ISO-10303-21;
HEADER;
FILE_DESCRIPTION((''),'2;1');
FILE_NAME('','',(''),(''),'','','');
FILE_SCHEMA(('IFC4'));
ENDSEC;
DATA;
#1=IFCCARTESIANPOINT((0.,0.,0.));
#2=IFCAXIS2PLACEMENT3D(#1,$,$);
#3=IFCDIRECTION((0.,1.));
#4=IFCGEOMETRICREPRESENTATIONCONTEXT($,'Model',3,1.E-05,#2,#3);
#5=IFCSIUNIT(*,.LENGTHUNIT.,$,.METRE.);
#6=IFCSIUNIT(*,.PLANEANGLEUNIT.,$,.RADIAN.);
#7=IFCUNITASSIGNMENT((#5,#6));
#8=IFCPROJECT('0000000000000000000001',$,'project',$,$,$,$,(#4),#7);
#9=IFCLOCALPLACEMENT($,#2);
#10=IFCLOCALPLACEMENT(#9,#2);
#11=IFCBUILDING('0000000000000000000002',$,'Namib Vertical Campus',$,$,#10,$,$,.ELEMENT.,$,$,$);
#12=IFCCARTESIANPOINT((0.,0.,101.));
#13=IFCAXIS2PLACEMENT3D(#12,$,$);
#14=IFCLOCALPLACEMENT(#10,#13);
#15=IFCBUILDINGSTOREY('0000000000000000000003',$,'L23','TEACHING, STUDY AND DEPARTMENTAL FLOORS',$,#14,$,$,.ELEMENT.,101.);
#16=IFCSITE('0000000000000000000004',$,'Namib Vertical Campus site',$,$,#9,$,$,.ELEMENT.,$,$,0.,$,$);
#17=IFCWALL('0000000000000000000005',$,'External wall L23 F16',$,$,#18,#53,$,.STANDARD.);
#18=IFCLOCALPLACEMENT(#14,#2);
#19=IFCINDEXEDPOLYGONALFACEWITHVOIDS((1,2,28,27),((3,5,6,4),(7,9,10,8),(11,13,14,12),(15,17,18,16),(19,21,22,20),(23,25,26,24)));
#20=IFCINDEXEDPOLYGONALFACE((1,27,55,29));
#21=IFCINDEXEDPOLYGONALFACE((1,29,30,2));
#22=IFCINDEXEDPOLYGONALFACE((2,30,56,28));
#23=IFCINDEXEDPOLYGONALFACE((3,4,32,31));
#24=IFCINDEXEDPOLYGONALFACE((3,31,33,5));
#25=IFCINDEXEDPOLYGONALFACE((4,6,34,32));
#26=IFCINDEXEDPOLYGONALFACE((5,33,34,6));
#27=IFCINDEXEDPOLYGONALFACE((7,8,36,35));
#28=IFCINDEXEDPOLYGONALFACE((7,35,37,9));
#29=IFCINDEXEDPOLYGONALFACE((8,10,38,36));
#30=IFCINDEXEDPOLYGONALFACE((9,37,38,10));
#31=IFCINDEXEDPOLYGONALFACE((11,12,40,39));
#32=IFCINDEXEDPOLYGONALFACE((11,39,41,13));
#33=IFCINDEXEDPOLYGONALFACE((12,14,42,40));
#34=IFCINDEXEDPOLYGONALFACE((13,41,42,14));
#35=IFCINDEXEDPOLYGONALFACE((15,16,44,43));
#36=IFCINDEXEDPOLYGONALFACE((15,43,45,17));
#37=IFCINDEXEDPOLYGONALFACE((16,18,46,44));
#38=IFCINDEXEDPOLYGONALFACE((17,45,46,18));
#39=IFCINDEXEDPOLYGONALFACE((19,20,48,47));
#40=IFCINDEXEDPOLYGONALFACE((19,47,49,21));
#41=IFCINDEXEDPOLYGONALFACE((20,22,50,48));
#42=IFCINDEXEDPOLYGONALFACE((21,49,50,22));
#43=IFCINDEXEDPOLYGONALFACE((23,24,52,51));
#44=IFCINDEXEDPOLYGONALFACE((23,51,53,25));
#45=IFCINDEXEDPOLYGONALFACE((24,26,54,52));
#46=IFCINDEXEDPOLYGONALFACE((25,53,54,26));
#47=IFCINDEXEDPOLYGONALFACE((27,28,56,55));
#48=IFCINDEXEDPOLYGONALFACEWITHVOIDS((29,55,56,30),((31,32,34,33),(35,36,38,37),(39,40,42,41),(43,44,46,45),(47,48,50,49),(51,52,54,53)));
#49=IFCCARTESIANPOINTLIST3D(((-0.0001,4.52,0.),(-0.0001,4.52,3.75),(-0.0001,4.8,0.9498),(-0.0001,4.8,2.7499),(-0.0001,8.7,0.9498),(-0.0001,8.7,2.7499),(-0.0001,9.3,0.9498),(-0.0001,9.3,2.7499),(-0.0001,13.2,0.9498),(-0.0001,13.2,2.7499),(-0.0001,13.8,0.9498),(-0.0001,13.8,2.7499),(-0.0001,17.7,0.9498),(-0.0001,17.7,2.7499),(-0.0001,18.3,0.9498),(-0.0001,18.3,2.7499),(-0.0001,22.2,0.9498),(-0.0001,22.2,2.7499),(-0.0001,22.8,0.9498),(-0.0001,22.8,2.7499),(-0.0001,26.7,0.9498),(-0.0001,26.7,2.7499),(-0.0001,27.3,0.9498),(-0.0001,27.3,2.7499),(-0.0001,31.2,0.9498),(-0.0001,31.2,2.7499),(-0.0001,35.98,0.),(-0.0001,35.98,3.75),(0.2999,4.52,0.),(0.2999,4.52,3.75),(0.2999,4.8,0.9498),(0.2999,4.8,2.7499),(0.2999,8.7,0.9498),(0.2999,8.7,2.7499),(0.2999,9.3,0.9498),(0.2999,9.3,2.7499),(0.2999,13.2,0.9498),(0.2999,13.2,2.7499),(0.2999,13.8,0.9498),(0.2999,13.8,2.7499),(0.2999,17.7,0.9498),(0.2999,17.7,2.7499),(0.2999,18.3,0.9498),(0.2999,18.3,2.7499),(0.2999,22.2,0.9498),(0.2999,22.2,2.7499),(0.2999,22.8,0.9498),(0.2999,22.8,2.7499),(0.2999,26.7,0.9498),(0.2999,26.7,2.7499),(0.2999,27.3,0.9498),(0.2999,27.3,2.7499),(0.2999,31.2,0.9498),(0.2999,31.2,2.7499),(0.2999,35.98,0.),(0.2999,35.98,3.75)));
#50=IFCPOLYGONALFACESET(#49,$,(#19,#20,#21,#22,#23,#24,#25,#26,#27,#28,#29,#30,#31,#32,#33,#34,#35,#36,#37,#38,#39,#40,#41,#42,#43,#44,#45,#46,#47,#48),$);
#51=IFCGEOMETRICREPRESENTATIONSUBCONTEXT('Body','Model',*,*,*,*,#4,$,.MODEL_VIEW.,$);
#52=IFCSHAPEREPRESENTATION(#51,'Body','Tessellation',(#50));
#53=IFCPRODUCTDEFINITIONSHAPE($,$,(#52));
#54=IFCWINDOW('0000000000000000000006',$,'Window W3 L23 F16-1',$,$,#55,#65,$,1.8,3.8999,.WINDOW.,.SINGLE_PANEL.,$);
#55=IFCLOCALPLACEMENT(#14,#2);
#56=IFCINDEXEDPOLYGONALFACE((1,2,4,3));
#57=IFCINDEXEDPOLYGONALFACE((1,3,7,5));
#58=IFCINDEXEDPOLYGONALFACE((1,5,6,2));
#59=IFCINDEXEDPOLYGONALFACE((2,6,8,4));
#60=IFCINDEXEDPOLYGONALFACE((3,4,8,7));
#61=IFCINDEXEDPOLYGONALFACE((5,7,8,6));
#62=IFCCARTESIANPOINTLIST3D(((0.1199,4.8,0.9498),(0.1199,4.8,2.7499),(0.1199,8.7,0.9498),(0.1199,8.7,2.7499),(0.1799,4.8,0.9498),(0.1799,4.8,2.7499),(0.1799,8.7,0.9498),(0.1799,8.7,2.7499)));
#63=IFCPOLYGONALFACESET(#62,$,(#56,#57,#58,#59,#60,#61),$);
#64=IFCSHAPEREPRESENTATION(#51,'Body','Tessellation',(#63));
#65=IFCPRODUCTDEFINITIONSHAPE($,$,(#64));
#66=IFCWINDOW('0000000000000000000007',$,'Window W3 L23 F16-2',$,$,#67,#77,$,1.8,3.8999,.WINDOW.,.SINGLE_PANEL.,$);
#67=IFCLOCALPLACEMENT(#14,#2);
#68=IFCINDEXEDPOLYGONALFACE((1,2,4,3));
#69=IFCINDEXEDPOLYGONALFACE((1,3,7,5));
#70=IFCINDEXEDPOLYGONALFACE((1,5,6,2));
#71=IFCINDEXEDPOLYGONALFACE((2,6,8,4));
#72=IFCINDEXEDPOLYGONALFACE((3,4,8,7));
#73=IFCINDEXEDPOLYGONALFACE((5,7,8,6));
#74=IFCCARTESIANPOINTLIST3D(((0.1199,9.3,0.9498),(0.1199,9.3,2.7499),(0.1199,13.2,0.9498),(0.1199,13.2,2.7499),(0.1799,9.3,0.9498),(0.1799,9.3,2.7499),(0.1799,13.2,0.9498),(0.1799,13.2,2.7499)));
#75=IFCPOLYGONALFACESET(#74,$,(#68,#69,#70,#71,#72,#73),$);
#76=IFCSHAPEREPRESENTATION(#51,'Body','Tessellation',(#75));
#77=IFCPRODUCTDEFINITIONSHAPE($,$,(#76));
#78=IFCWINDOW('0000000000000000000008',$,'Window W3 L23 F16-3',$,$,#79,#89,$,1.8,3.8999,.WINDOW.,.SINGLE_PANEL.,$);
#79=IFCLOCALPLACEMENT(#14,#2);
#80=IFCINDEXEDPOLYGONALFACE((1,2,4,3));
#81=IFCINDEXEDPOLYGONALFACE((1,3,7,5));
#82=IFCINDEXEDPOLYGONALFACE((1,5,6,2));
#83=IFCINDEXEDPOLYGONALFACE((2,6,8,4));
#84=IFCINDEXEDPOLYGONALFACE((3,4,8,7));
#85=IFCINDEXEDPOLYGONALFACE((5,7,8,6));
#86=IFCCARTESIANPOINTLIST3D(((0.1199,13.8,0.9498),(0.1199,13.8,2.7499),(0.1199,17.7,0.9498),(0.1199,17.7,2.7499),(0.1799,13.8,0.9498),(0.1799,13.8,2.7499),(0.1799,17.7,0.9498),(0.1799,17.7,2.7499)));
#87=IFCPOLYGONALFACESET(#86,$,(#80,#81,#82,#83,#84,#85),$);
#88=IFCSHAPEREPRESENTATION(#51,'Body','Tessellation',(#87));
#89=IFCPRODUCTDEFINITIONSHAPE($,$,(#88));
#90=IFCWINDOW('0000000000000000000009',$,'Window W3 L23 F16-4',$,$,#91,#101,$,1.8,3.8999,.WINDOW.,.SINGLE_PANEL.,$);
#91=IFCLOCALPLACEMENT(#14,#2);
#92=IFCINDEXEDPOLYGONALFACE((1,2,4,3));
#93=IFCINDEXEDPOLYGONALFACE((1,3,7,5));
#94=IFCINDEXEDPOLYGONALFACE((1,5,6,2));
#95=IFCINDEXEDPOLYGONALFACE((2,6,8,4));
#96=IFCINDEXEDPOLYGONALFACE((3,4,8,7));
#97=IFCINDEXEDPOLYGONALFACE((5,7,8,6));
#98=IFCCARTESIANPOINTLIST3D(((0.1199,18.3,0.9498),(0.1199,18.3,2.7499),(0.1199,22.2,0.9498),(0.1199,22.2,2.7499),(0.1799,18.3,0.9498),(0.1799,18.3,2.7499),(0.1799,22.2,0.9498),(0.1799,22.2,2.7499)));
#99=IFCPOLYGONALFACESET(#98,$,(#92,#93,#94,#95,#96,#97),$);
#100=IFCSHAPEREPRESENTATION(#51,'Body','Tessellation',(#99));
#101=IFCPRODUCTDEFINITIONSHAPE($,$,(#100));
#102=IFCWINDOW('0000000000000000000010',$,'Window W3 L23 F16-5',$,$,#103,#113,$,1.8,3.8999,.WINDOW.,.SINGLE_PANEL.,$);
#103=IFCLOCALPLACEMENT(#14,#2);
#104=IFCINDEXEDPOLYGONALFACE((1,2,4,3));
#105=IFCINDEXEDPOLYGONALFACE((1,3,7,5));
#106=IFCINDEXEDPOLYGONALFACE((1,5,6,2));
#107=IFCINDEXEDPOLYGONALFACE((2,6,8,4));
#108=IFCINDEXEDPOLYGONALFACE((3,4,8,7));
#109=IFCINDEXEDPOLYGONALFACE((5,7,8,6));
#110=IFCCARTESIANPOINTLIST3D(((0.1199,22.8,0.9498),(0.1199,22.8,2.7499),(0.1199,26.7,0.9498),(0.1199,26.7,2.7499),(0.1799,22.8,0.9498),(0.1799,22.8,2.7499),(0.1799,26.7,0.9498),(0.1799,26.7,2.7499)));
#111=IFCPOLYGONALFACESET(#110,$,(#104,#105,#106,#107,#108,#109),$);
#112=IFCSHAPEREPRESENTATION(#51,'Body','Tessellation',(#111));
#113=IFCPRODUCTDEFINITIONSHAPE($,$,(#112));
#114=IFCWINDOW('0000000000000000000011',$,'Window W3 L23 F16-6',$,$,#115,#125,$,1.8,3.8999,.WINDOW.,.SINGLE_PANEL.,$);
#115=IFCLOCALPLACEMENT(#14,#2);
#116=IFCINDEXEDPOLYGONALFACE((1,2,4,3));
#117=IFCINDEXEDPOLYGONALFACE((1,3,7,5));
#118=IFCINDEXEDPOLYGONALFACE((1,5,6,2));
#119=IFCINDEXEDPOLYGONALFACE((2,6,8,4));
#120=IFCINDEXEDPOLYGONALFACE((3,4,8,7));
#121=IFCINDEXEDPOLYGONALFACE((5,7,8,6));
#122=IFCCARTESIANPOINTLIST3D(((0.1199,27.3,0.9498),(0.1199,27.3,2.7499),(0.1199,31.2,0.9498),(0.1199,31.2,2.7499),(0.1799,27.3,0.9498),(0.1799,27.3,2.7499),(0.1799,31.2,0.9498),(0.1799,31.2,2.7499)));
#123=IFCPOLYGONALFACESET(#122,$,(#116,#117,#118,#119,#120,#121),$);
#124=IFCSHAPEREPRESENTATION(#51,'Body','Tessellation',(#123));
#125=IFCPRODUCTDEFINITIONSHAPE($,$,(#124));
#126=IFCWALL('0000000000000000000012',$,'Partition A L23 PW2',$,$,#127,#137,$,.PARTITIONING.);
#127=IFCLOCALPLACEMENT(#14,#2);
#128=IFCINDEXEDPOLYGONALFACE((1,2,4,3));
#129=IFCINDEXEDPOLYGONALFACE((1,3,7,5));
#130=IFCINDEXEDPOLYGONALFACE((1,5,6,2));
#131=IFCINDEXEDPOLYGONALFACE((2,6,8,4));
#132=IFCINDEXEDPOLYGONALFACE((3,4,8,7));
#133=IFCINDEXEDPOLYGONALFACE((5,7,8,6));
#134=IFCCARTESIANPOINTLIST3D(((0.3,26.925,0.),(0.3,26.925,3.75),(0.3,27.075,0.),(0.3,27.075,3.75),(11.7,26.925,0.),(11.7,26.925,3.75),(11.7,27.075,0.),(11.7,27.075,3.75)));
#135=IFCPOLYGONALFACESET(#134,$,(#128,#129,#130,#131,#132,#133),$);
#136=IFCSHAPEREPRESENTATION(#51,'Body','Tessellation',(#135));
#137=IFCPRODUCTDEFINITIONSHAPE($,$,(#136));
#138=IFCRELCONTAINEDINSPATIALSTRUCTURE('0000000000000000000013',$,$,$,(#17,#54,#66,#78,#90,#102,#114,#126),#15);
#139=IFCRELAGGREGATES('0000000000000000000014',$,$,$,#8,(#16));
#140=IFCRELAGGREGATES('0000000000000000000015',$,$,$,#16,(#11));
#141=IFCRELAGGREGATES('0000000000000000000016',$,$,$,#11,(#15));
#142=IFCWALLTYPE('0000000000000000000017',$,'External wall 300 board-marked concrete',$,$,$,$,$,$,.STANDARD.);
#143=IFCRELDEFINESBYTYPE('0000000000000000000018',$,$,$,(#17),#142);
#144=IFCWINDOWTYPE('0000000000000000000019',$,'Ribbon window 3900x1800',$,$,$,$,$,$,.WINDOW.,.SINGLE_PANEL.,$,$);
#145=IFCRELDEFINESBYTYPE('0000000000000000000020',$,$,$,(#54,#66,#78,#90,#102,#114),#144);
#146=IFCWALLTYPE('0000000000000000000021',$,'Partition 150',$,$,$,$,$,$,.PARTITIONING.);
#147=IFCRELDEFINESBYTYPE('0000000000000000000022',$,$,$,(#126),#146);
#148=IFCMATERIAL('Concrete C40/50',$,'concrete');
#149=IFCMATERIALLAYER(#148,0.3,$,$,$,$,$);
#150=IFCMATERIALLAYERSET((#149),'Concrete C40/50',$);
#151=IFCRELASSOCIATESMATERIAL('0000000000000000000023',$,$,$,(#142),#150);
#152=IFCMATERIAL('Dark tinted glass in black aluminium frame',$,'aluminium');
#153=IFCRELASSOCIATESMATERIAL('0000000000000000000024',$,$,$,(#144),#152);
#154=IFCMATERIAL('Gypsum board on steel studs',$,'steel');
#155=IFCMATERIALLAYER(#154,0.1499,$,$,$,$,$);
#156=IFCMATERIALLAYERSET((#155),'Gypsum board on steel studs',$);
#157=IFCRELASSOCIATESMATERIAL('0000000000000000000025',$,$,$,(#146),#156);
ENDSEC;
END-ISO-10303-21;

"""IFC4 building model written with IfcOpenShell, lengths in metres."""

from ifc_helpers import new_model, si_unit, direction, frame, frame_2d, origin, place, context, subcontext, project, spatial, rectangle, extrude, material, layer, layer_set, type_object, element, fill, save


model = new_model("IFC4")

# Units and contexts
model_context = context("Model", 3, precision=1e-05, world=origin(), true_north=direction((0.0, 1.0)))
body_context = subcontext(model_context, "Body", "Model", "MODEL_VIEW")
ifc_project = project(units=[si_unit("LENGTHUNIT", "METRE"), si_unit("PLANEANGLEUNIT", "RADIAN")], contexts=[model_context])

# Site, building, storey
site_placement = place(None, origin())
site = spatial("IfcSite", under=ifc_project, at=site_placement, Name="Namib Vertical Campus site", CompositionType="ELEMENT", RefElevation=0.0)
building_placement = place(site_placement, origin())
building = spatial("IfcBuilding", under=site, at=building_placement, Name="Namib Vertical Campus", CompositionType="ELEMENT")
storey_placement = place(building_placement, frame((0.0, 0.0, 101.0)))
storey = spatial("IfcBuildingStorey", under=building, at=storey_placement, Name="L23", Description="TEACHING, STUDY AND DEPARTMENTAL FLOORS", CompositionType="ELEMENT", Elevation=101.0)

# Shared definitions
ifc_material_1 = material(Name="Concrete C40/50", Category="concrete")
ifc_layer_1 = layer(ifc_material_1, 0.3)
ifc_layer_set_1 = layer_set([ifc_layer_1], Name="Concrete C40/50")
wall_type_1 = type_object("IfcWallType", Name="External wall 300 board-marked concrete", PredefinedType="STANDARD", material=ifc_layer_set_1)

# Wall, openings, windows
wall_1_placement = place(storey_placement, frame((0.1499, 35.98, 0.0), z_axis=(0.0, 0.0, 1.0), x_axis=(0.0, -1.0, 0.0)))
wall_1 = element("IfcWall", 1, at=wall_1_placement, inside=storey, type_object=wall_type_1, Name="External wall L23 F16", PredefinedType="STANDARD", context=body_context, shape_type="SweptSolid", body=[
    extrude(rectangle(XDim=31.46, YDim=0.3, at=frame_2d((15.73, 0.0))), origin(), (0.0, 0.0, 1.0), 3.75),
])
opening_1_placement = place(wall_1_placement, frame((27.28, 0.0, 0.95)))
opening_1 = element("IfcOpeningElement", 2, at=opening_1_placement, cuts=wall_1, PredefinedType="OPENING", context=body_context, shape_type="SweptSolid", body=[
    extrude(rectangle(XDim=3.8999, YDim=1.8, at=frame_2d((1.95, 0.8999))), frame((0.0, 0.1599, 0.0), z_axis=(0.0, -1.0, 0.0), x_axis=(1.0, 0.0, 0.0)), (0.0, 0.0, 1.0), 0.3201),
])
opening_2_placement = place(wall_1_placement, frame((22.78, 0.0, 0.95)))
opening_2 = element("IfcOpeningElement", 3, at=opening_2_placement, cuts=wall_1, PredefinedType="OPENING", context=body_context, shape_type="SweptSolid", body=[
    extrude(rectangle(XDim=3.8999, YDim=1.8, at=frame_2d((1.95, 0.8999))), frame((0.0, 0.1599, 0.0), z_axis=(0.0, -1.0, 0.0), x_axis=(1.0, 0.0, 0.0)), (0.0, 0.0, 1.0), 0.3201),
])
opening_3_placement = place(wall_1_placement, frame((18.28, 0.0, 0.95)))
opening_3 = element("IfcOpeningElement", 4, at=opening_3_placement, cuts=wall_1, PredefinedType="OPENING", context=body_context, shape_type="SweptSolid", body=[
    extrude(rectangle(XDim=3.8999, YDim=1.8, at=frame_2d((1.95, 0.8999))), frame((0.0, 0.1599, 0.0), z_axis=(0.0, -1.0, 0.0), x_axis=(1.0, 0.0, 0.0)), (0.0, 0.0, 1.0), 0.3201),
])
opening_4_placement = place(wall_1_placement, frame((13.78, 0.0, 0.95)))
opening_4 = element("IfcOpeningElement", 5, at=opening_4_placement, cuts=wall_1, PredefinedType="OPENING", context=body_context, shape_type="SweptSolid", body=[
    extrude(rectangle(XDim=3.8999, YDim=1.8, at=frame_2d((1.95, 0.8999))), frame((0.0, 0.1599, 0.0), z_axis=(0.0, -1.0, 0.0), x_axis=(1.0, 0.0, 0.0)), (0.0, 0.0, 1.0), 0.3201),
])
opening_5_placement = place(wall_1_placement, frame((9.28, 0.0, 0.95)))
opening_5 = element("IfcOpeningElement", 6, at=opening_5_placement, cuts=wall_1, PredefinedType="OPENING", context=body_context, shape_type="SweptSolid", body=[
    extrude(rectangle(XDim=3.8999, YDim=1.8, at=frame_2d((1.95, 0.8999))), frame((0.0, 0.1599, 0.0), z_axis=(0.0, -1.0, 0.0), x_axis=(1.0, 0.0, 0.0)), (0.0, 0.0, 1.0), 0.3201),
])
opening_6_placement = place(wall_1_placement, frame((4.78, 0.0, 0.95)))
opening_6 = element("IfcOpeningElement", 7, at=opening_6_placement, cuts=wall_1, PredefinedType="OPENING", context=body_context, shape_type="SweptSolid", body=[
    extrude(rectangle(XDim=3.8999, YDim=1.8, at=frame_2d((1.95, 0.8999))), frame((0.0, 0.1599, 0.0), z_axis=(0.0, -1.0, 0.0), x_axis=(1.0, 0.0, 0.0)), (0.0, 0.0, 1.0), 0.3201),
])
ifc_material_2 = material(Name="Dark tinted glass in black aluminium frame", Category="aluminium")
window_type = type_object("IfcWindowType", Name="Ribbon window 3900x1800", PartitioningType="SINGLE_PANEL", PredefinedType="WINDOW", material=ifc_material_2)
window_1_placement = place(opening_1_placement, origin())
window_1 = element("IfcWindow", 8, at=window_1_placement, inside=storey, type_object=window_type, Name="Window W3 L23 F16-1", OverallHeight=1.8, OverallWidth=3.8999, PartitioningType="SINGLE_PANEL", PredefinedType="WINDOW", context=body_context, shape_type="SweptSolid", body=[
    extrude(rectangle(XDim=3.8999, YDim=1.8, at=frame_2d((1.95, 0.8999))), frame((0.0, 0.03, 0.0), z_axis=(0.0, -1.0, 0.0), x_axis=(1.0, 0.0, 0.0)), (0.0, 0.0, 1.0), 0.0601),
])
fill(opening_1, window_1)
window_2_placement = place(opening_2_placement, origin())
window_2 = element("IfcWindow", 9, at=window_2_placement, inside=storey, type_object=window_type, Name="Window W3 L23 F16-2", OverallHeight=1.8, OverallWidth=3.8999, PartitioningType="SINGLE_PANEL", PredefinedType="WINDOW", context=body_context, shape_type="SweptSolid", body=[
    extrude(rectangle(XDim=3.8999, YDim=1.8, at=frame_2d((1.95, 0.8999))), frame((0.0, 0.03, 0.0), z_axis=(0.0, -1.0, 0.0), x_axis=(1.0, 0.0, 0.0)), (0.0, 0.0, 1.0), 0.0601),
])
fill(opening_2, window_2)
window_3_placement = place(opening_3_placement, origin())
window_3 = element("IfcWindow", 10, at=window_3_placement, inside=storey, type_object=window_type, Name="Window W3 L23 F16-3", OverallHeight=1.8, OverallWidth=3.8999, PartitioningType="SINGLE_PANEL", PredefinedType="WINDOW", context=body_context, shape_type="SweptSolid", body=[
    extrude(rectangle(XDim=3.8999, YDim=1.8, at=frame_2d((1.95, 0.8999))), frame((0.0, 0.03, 0.0), z_axis=(0.0, -1.0, 0.0), x_axis=(1.0, 0.0, 0.0)), (0.0, 0.0, 1.0), 0.0601),
])
fill(opening_3, window_3)
window_4_placement = place(opening_4_placement, origin())
window_4 = element("IfcWindow", 11, at=window_4_placement, inside=storey, type_object=window_type, Name="Window W3 L23 F16-4", OverallHeight=1.8, OverallWidth=3.8999, PartitioningType="SINGLE_PANEL", PredefinedType="WINDOW", context=body_context, shape_type="SweptSolid", body=[
    extrude(rectangle(XDim=3.8999, YDim=1.8, at=frame_2d((1.95, 0.8999))), frame((0.0, 0.03, 0.0), z_axis=(0.0, -1.0, 0.0), x_axis=(1.0, 0.0, 0.0)), (0.0, 0.0, 1.0), 0.0601),
])
fill(opening_4, window_4)
window_5_placement = place(opening_5_placement, origin())
window_5 = element("IfcWindow", 12, at=window_5_placement, inside=storey, type_object=window_type, Name="Window W3 L23 F16-5", OverallHeight=1.8, OverallWidth=3.8999, PartitioningType="SINGLE_PANEL", PredefinedType="WINDOW", context=body_context, shape_type="SweptSolid", body=[
    extrude(rectangle(XDim=3.8999, YDim=1.8, at=frame_2d((1.95, 0.8999))), frame((0.0, 0.03, 0.0), z_axis=(0.0, -1.0, 0.0), x_axis=(1.0, 0.0, 0.0)), (0.0, 0.0, 1.0), 0.0601),
])
fill(opening_5, window_5)
window_6_placement = place(opening_6_placement, origin())
window_6 = element("IfcWindow", 13, at=window_6_placement, inside=storey, type_object=window_type, Name="Window W3 L23 F16-6", OverallHeight=1.8, OverallWidth=3.8999, PartitioningType="SINGLE_PANEL", PredefinedType="WINDOW", context=body_context, shape_type="SweptSolid", body=[
    extrude(rectangle(XDim=3.8999, YDim=1.8, at=frame_2d((1.95, 0.8999))), frame((0.0, 0.03, 0.0), z_axis=(0.0, -1.0, 0.0), x_axis=(1.0, 0.0, 0.0)), (0.0, 0.0, 1.0), 0.0601),
])
fill(opening_6, window_6)

# Wall
ifc_material_3 = material(Name="Gypsum board on steel studs", Category="steel")
ifc_layer_2 = layer(ifc_material_3, 0.1499)
ifc_layer_set_2 = layer_set([ifc_layer_2], Name="Gypsum board on steel studs")
wall_type_2 = type_object("IfcWallType", Name="Partition 150", PredefinedType="PARTITIONING", material=ifc_layer_set_2)
wall_2_placement = place(storey_placement, frame((0.3, 27.0, 0.0), z_axis=(0.0, 0.0, 1.0), x_axis=(1.0, 0.0, 0.0)))
element("IfcWall", 14, at=wall_2_placement, inside=storey, type_object=wall_type_2, Name="Partition A L23 PW2", PredefinedType="PARTITIONING", context=body_context, shape_type="SweptSolid", body=[
    extrude(rectangle(XDim=11.3999, YDim=0.1499, at=frame_2d((5.7, 0.0))), origin(), (0.0, 0.0, 1.0), 3.75),
])

save(model, "model.ifc")
